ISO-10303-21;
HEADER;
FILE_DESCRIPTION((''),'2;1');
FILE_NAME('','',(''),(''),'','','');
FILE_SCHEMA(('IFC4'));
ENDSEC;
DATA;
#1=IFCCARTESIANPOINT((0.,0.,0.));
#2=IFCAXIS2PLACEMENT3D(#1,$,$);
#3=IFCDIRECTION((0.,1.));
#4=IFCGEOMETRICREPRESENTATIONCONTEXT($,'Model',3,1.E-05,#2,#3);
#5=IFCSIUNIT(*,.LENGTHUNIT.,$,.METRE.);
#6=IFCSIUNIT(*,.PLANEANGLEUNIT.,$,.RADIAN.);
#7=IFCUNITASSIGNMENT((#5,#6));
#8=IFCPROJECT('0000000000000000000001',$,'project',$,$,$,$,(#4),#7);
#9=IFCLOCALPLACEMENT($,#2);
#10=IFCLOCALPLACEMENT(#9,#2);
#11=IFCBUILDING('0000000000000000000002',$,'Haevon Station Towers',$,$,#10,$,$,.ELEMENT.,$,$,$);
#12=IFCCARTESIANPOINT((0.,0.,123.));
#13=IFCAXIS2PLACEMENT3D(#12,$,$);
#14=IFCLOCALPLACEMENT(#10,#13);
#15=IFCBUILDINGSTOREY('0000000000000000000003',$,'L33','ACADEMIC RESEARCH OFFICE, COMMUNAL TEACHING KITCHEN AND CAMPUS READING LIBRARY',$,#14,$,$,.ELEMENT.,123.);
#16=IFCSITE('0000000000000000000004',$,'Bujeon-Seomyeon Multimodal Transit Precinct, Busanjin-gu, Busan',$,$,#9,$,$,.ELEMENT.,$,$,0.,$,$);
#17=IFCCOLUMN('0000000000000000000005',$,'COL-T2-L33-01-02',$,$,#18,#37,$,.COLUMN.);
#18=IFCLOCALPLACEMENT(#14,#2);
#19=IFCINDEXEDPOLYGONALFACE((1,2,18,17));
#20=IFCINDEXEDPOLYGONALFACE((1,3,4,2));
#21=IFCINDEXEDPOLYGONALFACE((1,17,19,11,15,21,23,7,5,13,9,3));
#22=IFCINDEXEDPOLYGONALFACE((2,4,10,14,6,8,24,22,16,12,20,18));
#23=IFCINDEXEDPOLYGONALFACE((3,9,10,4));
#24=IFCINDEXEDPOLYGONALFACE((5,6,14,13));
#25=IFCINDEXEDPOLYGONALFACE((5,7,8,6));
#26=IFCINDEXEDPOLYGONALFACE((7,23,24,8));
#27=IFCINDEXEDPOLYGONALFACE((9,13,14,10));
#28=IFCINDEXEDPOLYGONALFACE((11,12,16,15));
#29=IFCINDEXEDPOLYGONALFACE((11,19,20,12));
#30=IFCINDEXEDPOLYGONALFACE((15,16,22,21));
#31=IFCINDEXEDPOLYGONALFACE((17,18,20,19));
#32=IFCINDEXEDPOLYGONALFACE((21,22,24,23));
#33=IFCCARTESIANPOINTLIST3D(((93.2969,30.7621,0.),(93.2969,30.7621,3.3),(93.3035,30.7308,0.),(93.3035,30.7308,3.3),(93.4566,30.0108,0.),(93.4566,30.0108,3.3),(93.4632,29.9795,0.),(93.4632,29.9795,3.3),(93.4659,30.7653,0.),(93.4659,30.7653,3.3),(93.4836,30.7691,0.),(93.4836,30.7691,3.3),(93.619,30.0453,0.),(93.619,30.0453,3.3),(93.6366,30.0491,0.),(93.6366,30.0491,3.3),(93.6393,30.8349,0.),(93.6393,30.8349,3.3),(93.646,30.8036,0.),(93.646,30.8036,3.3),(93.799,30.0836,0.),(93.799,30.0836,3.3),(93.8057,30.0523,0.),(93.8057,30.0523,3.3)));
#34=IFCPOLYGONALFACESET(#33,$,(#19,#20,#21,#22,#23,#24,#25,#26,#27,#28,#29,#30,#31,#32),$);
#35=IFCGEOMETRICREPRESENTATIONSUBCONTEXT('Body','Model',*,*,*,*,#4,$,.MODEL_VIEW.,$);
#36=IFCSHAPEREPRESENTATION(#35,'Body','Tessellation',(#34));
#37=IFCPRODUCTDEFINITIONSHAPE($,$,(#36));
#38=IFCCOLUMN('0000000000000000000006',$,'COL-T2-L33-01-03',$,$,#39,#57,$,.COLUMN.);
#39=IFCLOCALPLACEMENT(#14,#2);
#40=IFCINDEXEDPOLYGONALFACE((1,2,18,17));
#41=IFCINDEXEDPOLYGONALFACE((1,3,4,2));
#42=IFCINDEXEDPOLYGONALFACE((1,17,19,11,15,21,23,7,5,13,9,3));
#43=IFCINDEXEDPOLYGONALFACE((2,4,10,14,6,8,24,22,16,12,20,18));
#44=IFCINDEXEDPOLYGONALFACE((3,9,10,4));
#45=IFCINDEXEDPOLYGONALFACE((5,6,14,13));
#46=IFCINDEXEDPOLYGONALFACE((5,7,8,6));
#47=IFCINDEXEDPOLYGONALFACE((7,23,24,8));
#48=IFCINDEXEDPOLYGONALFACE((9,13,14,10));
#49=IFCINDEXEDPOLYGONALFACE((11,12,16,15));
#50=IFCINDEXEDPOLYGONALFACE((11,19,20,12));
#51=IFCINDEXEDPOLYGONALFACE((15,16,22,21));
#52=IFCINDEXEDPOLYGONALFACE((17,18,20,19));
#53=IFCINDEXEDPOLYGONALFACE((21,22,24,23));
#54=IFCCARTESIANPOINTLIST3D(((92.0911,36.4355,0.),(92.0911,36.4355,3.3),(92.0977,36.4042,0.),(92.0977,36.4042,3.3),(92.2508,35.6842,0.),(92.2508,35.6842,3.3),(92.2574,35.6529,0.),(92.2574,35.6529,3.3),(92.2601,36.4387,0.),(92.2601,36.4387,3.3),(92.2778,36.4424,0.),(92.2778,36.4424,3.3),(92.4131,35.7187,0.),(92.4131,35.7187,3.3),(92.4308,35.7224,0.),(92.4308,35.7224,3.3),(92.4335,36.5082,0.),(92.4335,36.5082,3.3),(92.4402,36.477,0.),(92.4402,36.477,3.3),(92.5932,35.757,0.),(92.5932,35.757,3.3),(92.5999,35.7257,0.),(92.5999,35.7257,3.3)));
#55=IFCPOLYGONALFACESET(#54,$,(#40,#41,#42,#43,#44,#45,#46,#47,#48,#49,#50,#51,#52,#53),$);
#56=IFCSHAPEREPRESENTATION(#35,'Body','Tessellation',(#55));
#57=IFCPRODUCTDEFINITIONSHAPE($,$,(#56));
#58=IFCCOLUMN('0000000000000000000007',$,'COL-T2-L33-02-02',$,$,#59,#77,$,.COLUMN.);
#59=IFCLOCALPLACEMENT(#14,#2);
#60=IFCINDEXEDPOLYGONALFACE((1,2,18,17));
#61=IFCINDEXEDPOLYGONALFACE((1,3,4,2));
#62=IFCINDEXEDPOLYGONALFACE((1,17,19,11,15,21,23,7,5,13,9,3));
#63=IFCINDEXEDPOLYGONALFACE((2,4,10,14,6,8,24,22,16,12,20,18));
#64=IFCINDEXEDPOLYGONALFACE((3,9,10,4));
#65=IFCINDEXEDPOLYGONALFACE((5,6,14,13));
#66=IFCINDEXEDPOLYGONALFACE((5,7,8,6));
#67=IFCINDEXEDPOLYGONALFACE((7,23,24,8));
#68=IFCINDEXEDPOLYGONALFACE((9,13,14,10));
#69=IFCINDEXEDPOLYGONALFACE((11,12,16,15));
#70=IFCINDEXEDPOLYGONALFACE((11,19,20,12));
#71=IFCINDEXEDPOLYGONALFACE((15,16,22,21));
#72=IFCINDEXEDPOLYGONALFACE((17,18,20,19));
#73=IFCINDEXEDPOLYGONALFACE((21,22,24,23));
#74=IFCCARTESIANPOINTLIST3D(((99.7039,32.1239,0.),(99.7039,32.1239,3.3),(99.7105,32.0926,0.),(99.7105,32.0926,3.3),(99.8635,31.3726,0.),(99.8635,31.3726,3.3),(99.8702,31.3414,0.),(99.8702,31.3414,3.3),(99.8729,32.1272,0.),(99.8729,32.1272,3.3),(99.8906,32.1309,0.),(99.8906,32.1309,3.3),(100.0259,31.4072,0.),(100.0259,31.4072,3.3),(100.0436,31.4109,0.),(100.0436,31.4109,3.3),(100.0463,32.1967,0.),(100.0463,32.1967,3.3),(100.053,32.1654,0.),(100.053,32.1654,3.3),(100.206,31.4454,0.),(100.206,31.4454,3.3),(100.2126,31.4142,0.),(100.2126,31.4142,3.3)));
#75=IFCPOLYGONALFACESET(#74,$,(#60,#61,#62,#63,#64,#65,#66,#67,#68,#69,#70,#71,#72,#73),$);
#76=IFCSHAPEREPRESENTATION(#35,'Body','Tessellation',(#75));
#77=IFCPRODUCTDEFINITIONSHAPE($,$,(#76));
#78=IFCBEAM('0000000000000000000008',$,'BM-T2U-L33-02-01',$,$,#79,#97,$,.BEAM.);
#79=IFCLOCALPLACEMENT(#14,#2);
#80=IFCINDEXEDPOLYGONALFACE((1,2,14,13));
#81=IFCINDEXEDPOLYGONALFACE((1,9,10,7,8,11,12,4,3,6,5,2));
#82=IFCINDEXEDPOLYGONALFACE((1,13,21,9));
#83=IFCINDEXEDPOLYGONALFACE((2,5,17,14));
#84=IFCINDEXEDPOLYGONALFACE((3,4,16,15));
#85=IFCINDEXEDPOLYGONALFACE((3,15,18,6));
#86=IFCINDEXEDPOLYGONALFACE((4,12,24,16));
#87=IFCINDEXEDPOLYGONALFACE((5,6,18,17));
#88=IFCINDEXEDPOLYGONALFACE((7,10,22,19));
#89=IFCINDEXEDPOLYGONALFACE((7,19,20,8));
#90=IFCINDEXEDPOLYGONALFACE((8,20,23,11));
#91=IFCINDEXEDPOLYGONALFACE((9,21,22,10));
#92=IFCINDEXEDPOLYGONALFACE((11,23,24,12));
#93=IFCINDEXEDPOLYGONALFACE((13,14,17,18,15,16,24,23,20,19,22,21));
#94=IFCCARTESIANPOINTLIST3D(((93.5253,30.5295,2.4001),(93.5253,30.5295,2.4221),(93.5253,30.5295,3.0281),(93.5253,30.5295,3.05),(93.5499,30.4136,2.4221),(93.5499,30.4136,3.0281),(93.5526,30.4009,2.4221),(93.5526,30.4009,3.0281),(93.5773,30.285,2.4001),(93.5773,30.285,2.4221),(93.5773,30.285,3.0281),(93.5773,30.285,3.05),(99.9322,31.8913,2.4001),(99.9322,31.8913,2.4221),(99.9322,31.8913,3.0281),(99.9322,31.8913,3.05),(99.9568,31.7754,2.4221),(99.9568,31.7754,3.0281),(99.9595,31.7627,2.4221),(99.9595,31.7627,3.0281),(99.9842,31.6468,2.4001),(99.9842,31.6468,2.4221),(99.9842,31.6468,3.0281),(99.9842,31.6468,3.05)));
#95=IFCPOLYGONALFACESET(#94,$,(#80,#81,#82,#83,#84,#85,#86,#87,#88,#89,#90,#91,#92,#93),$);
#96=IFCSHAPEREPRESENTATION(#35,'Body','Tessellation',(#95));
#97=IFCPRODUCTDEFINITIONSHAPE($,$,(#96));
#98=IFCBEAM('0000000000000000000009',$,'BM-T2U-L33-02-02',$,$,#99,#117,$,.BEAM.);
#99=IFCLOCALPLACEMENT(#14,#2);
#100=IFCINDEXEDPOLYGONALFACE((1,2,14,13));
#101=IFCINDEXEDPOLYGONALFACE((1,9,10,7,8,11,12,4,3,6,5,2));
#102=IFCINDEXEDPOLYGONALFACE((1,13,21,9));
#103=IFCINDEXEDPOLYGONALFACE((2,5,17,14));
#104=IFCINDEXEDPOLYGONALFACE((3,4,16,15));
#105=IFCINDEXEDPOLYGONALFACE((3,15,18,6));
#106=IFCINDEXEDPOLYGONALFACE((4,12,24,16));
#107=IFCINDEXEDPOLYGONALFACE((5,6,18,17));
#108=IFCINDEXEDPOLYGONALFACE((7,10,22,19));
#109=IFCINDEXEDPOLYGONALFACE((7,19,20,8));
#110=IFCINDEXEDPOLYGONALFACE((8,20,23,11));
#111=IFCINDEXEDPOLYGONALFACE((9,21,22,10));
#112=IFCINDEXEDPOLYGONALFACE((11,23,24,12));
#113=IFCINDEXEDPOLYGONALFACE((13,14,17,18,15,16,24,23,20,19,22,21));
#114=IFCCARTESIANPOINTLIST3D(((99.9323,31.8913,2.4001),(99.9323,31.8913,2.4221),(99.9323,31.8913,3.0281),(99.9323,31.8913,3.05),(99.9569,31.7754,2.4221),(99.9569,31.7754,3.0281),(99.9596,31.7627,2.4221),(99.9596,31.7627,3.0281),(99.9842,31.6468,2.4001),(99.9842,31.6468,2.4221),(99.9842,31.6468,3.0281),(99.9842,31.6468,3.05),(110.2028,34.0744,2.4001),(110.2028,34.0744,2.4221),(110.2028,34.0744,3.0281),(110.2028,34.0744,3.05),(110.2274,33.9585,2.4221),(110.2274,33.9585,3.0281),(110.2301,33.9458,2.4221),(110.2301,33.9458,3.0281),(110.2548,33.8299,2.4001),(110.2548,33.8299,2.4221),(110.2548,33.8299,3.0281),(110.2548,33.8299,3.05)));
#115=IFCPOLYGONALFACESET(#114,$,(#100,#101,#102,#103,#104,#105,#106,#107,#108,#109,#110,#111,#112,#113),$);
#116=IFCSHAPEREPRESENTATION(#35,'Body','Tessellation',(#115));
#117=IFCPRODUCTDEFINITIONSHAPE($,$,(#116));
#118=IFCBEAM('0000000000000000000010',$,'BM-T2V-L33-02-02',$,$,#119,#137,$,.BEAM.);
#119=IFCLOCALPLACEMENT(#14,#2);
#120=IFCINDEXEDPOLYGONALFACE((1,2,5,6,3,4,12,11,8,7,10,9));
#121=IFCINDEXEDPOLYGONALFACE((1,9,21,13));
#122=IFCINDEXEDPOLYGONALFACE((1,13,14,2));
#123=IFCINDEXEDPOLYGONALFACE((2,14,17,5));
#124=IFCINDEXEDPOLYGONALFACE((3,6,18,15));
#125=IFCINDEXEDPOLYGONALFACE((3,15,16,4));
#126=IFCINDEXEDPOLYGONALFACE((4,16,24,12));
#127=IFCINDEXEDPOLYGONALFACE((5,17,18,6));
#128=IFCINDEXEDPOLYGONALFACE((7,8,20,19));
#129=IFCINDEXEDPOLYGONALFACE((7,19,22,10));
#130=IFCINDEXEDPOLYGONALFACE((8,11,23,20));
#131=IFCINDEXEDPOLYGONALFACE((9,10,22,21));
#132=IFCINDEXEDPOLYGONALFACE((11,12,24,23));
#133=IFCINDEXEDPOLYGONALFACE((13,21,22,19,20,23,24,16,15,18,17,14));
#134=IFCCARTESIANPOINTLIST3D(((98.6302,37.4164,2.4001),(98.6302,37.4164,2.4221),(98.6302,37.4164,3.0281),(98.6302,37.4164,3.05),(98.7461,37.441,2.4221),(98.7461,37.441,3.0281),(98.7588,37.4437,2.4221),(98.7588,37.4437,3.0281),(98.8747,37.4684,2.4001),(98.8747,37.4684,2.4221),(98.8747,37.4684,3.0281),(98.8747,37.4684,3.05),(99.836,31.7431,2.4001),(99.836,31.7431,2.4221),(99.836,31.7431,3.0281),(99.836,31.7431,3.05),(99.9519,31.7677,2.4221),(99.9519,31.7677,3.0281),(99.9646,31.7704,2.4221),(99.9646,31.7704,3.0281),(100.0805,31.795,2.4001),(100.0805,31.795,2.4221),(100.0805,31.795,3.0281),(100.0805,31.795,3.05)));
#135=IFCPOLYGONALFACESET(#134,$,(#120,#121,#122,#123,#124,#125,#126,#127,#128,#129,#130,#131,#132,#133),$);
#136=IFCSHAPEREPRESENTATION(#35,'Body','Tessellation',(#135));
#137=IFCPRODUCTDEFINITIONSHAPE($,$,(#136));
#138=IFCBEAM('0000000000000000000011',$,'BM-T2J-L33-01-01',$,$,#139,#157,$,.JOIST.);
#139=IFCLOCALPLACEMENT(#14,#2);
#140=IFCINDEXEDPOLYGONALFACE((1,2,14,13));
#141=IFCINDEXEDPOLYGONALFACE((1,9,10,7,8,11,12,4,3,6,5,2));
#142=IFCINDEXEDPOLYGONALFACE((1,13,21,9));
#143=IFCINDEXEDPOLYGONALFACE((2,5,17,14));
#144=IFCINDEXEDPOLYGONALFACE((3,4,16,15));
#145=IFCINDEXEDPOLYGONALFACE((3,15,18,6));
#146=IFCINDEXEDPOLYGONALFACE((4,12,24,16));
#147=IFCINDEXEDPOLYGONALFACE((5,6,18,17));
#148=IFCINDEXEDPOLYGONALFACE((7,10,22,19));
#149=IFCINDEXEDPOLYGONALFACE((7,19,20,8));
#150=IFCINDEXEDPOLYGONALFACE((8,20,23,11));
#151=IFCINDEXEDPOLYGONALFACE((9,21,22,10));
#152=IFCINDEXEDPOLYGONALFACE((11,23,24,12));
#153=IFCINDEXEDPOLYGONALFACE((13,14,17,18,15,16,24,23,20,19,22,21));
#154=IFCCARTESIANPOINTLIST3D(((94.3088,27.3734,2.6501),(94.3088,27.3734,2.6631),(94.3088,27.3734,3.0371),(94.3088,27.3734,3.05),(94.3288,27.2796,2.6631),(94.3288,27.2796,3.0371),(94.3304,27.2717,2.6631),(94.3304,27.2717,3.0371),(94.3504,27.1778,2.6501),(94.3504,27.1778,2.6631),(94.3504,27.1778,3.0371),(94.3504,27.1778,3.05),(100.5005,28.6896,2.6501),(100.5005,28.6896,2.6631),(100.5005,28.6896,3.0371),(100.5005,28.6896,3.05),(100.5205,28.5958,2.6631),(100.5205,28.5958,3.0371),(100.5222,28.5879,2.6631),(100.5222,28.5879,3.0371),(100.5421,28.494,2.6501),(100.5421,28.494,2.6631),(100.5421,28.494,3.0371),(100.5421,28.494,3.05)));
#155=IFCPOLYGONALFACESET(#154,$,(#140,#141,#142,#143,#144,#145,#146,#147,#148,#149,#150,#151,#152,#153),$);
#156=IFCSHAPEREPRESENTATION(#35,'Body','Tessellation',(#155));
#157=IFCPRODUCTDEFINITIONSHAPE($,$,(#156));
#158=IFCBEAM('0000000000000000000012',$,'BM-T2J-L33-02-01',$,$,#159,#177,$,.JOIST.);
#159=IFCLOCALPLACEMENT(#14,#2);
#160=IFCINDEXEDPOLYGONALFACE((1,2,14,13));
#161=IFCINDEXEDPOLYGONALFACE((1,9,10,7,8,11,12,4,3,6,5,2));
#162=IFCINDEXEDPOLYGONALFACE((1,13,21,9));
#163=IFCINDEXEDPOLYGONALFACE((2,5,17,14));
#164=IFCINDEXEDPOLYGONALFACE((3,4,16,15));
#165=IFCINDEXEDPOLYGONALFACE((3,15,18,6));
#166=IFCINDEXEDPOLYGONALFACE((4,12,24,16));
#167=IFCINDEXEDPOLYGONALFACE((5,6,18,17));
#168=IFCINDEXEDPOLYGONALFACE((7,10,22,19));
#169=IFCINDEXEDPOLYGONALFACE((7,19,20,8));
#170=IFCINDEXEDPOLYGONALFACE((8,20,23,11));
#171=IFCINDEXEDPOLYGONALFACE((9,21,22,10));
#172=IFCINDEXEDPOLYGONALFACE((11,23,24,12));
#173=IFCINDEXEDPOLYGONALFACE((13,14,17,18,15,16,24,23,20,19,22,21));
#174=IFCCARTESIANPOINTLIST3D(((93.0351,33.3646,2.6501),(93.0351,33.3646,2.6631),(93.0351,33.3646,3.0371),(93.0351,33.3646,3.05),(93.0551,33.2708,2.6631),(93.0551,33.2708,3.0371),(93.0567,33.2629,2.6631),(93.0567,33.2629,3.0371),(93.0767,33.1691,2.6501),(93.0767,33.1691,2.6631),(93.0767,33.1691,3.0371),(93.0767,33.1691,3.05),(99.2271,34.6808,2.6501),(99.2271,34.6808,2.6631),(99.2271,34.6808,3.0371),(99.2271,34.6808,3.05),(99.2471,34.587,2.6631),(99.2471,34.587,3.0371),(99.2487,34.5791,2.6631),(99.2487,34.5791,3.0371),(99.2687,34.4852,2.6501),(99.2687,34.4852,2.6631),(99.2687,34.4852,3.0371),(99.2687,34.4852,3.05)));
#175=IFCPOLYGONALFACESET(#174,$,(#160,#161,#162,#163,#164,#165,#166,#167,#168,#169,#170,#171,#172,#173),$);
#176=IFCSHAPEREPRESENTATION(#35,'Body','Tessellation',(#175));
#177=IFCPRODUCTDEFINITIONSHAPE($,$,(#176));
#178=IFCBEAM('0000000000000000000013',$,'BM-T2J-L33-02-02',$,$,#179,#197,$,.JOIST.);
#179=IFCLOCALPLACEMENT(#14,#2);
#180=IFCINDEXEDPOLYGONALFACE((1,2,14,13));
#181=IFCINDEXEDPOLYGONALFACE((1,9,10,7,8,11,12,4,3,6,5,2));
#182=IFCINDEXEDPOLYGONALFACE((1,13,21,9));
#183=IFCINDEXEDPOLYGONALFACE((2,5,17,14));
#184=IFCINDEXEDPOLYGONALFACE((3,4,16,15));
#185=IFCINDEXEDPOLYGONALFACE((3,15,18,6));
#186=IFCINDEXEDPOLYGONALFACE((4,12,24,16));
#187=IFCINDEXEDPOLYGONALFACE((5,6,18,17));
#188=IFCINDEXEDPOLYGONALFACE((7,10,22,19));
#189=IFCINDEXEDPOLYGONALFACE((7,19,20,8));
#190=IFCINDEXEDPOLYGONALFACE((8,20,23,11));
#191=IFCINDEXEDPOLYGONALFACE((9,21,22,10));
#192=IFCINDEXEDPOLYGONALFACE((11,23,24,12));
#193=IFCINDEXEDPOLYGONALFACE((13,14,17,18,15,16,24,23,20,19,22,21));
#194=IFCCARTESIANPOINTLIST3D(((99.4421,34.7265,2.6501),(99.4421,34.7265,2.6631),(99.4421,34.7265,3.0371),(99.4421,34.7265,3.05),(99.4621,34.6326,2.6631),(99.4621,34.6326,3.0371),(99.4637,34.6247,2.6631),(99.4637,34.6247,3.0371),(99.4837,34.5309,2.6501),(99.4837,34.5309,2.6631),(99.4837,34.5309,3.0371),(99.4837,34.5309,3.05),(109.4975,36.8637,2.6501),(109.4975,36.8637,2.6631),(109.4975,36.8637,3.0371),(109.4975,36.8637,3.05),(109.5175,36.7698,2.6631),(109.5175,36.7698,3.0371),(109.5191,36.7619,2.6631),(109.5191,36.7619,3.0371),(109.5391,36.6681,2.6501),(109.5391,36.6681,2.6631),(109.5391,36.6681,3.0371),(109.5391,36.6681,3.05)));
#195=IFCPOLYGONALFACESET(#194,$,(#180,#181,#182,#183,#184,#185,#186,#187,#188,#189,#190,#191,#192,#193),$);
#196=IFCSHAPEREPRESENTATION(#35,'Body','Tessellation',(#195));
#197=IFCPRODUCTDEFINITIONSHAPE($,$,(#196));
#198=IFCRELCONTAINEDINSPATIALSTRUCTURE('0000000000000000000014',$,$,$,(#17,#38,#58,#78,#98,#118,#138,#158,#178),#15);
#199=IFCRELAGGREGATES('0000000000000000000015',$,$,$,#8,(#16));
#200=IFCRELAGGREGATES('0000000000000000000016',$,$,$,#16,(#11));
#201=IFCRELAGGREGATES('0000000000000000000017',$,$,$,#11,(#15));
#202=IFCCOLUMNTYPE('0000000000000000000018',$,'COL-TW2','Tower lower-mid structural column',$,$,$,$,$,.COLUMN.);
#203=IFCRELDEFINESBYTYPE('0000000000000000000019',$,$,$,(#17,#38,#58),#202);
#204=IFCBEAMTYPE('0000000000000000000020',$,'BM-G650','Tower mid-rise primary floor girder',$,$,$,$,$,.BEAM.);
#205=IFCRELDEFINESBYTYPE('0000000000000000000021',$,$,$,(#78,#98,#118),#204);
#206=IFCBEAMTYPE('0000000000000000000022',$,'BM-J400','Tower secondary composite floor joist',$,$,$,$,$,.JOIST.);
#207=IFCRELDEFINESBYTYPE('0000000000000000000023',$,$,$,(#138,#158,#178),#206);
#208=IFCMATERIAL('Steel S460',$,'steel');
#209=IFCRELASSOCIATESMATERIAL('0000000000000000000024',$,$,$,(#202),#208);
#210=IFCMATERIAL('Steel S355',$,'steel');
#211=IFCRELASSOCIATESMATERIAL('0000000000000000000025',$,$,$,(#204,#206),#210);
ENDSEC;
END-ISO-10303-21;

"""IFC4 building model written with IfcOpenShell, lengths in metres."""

from ifc_helpers import new_model, si_unit, direction, frame, origin, origin_2d, place, context, subcontext, project, spatial, i_section, extrude, material, material_profile, profile_set, type_object, element, save


model = new_model("IFC4")

# Units and contexts
model_context = context("Model", 3, precision=1e-05, world=origin(), true_north=direction((0.0, 1.0)))
body_context = subcontext(model_context, "Body", "Model", "MODEL_VIEW")
ifc_project = project(units=[si_unit("LENGTHUNIT", "METRE"), si_unit("PLANEANGLEUNIT", "RADIAN")], contexts=[model_context])

# Site, building, storey
site_placement = place(None, origin())
site = spatial("IfcSite", under=ifc_project, at=site_placement, Name="Bujeon-Seomyeon Multimodal Transit Precinct, Busanjin-gu, Busan", CompositionType="ELEMENT", RefElevation=0.0)
building_placement = place(site_placement, origin())
building = spatial("IfcBuilding", under=site, at=building_placement, Name="Haevon Station Towers", CompositionType="ELEMENT")
storey_placement = place(building_placement, frame((0.0, 0.0, 123.0)))
storey = spatial("IfcBuildingStorey", under=building, at=storey_placement, Name="L33", Description="ACADEMIC RESEARCH OFFICE, COMMUNAL TEACHING KITCHEN AND CAMPUS READING LIBRARY", CompositionType="ELEMENT", Elevation=123.0)

# Columns
ifc_material_1 = material(Name="Steel S460", Category="steel")
ifc_material_profile_1 = material_profile(ifc_material_1, i_section(OverallWidth=0.3501, OverallDepth=0.8, WebThickness=0.0181, FlangeThickness=0.032, at=origin_2d()), Name="H-800x350x18x32")
ifc_profile_set_1 = profile_set([ifc_material_profile_1], Name="Steel S460")
column_type = type_object("IfcColumnType", Name="COL-TW2", Description="Tower lower-mid structural column", PredefinedType="COLUMN", material=ifc_profile_set_1)
for number, where, z_axis, x_axis, name in (
    (1, (93.5513, 30.4072, 0.0), (0.0, 0.0, 1.0), (0.978148, 0.207912, 0.0), "COL-T2-L33-01-02"),
    (2, (92.3455, 36.0806, 0.0), (0.0, 0.0, 1.0), (0.978148, 0.207912, 0.0), "COL-T2-L33-01-03"),
    (3, (99.9583, 31.769, 0.0), (0.0, 0.0, 1.0), (0.978148, 0.207912, 0.0), "COL-T2-L33-02-02"),
):
    element("IfcColumn", number, at=place(storey_placement, frame(where, z_axis=z_axis, x_axis=x_axis)), inside=storey, type_object=column_type, Name=name, PredefinedType="COLUMN", context=body_context, shape_type="SweptSolid", body=[
        extrude(i_section(OverallWidth=0.3501, OverallDepth=0.8, WebThickness=0.0181, FlangeThickness=0.032, at=origin_2d()), origin(), (0.0, 0.0, 1.0), 3.3),
    ])

# Beams
ifc_material_2 = material(Name="Steel S355", Category="steel")
ifc_material_profile_2 = material_profile(ifc_material_2, i_section(OverallWidth=0.25, OverallDepth=0.6499, WebThickness=0.0129, FlangeThickness=0.022, at=origin_2d()), Name="H-650x250x13x22")
ifc_profile_set_2 = profile_set([ifc_material_profile_2], Name="Steel S355")
beam_type_1 = type_object("IfcBeamType", Name="BM-G650", Description="Tower mid-rise primary floor girder", PredefinedType="BEAM", material=ifc_profile_set_2)
beam_1_placement = place(storey_placement, frame((93.5513, 30.4072, 2.7251), z_axis=(0.978149, 0.207907, 0.0), x_axis=(-0.207907, 0.978149, 0.0)))
element("IfcBeam", 4, at=beam_1_placement, inside=storey, type_object=beam_type_1, Name="BM-T2U-L33-02-01", PredefinedType="BEAM", context=body_context, shape_type="SweptSolid", body=[
    extrude(i_section(OverallWidth=0.25, OverallDepth=0.6499, WebThickness=0.0129, FlangeThickness=0.022, at=origin_2d()), origin(), (0.0, 0.0, 1.0), 6.55),
])
beam_2_placement = place(storey_placement, frame((99.9583, 31.769, 2.7251), z_axis=(0.978147, 0.207915, 0.0), x_axis=(-0.207915, 0.978147, 0.0)))
element("IfcBeam", 5, at=beam_2_placement, inside=storey, type_object=beam_type_1, Name="BM-T2U-L33-02-02", PredefinedType="BEAM", context=body_context, shape_type="SweptSolid", body=[
    extrude(i_section(OverallWidth=0.25, OverallDepth=0.6499, WebThickness=0.0129, FlangeThickness=0.022, at=origin_2d()), origin(), (0.0, 0.0, 1.0), 10.5),
])
beam_3_placement = place(storey_placement, frame((99.9583, 31.769, 2.7251), z_axis=(-0.207896, 0.978151, 0.0), x_axis=(-0.978151, -0.207896, 0.0)))
element("IfcBeam", 6, at=beam_3_placement, inside=storey, type_object=beam_type_1, Name="BM-T2V-L33-02-02", PredefinedType="BEAM", context=body_context, shape_type="SweptSolid", body=[
    extrude(i_section(OverallWidth=0.25, OverallDepth=0.6499, WebThickness=0.0129, FlangeThickness=0.022, at=origin_2d()), origin(), (0.0, 0.0, 1.0), 5.8),
])
ifc_material_profile_3 = material_profile(ifc_material_2, i_section(OverallWidth=0.2, OverallDepth=0.3999, WebThickness=0.0081, FlangeThickness=0.0129, at=origin_2d()), Name="H-400x200x8x13")
ifc_profile_set_3 = profile_set([ifc_material_profile_3], Name="Steel S355")
beam_type_2 = type_object("IfcBeamType", Name="BM-J400", Description="Tower secondary composite floor joist", PredefinedType="JOIST", material=ifc_profile_set_3)
beam_4_placement = place(storey_placement, frame((94.3296, 27.2756, 2.8501), z_axis=(0.978145, 0.207925, 0.0), x_axis=(-0.207925, 0.978145, 0.0)))
element("IfcBeam", 7, at=beam_4_placement, inside=storey, type_object=beam_type_2, Name="BM-T2J-L33-01-01", PredefinedType="JOIST", context=body_context, shape_type="SweptSolid", body=[
    extrude(i_section(OverallWidth=0.2, OverallDepth=0.3999, WebThickness=0.0081, FlangeThickness=0.0129, at=origin_2d()), origin(), (0.0, 0.0, 1.0), 6.3301),
])
beam_5_placement = place(storey_placement, frame((93.0559, 33.2668, 2.8501), z_axis=(0.978146, 0.207917, 0.0), x_axis=(-0.207917, 0.978146, 0.0)))
element("IfcBeam", 8, at=beam_5_placement, inside=storey, type_object=beam_type_2, Name="BM-T2J-L33-02-01", PredefinedType="JOIST", context=body_context, shape_type="SweptSolid", body=[
    extrude(i_section(OverallWidth=0.2, OverallDepth=0.3999, WebThickness=0.0081, FlangeThickness=0.0129, at=origin_2d()), origin(), (0.0, 0.0, 1.0), 6.3303),
])
beam_6_placement = place(storey_placement, frame((99.4629, 34.6287, 2.8501), z_axis=(0.97815, 0.207899, 0.0), x_axis=(-0.207899, 0.97815, 0.0)))
element("IfcBeam", 9, at=beam_6_placement, inside=storey, type_object=beam_type_2, Name="BM-T2J-L33-02-02", PredefinedType="JOIST", context=body_context, shape_type="SweptSolid", body=[
    extrude(i_section(OverallWidth=0.2, OverallDepth=0.3999, WebThickness=0.0081, FlangeThickness=0.0129, at=origin_2d()), origin(), (0.0, 0.0, 1.0), 10.28),
])

save(model, "model.ifc")
